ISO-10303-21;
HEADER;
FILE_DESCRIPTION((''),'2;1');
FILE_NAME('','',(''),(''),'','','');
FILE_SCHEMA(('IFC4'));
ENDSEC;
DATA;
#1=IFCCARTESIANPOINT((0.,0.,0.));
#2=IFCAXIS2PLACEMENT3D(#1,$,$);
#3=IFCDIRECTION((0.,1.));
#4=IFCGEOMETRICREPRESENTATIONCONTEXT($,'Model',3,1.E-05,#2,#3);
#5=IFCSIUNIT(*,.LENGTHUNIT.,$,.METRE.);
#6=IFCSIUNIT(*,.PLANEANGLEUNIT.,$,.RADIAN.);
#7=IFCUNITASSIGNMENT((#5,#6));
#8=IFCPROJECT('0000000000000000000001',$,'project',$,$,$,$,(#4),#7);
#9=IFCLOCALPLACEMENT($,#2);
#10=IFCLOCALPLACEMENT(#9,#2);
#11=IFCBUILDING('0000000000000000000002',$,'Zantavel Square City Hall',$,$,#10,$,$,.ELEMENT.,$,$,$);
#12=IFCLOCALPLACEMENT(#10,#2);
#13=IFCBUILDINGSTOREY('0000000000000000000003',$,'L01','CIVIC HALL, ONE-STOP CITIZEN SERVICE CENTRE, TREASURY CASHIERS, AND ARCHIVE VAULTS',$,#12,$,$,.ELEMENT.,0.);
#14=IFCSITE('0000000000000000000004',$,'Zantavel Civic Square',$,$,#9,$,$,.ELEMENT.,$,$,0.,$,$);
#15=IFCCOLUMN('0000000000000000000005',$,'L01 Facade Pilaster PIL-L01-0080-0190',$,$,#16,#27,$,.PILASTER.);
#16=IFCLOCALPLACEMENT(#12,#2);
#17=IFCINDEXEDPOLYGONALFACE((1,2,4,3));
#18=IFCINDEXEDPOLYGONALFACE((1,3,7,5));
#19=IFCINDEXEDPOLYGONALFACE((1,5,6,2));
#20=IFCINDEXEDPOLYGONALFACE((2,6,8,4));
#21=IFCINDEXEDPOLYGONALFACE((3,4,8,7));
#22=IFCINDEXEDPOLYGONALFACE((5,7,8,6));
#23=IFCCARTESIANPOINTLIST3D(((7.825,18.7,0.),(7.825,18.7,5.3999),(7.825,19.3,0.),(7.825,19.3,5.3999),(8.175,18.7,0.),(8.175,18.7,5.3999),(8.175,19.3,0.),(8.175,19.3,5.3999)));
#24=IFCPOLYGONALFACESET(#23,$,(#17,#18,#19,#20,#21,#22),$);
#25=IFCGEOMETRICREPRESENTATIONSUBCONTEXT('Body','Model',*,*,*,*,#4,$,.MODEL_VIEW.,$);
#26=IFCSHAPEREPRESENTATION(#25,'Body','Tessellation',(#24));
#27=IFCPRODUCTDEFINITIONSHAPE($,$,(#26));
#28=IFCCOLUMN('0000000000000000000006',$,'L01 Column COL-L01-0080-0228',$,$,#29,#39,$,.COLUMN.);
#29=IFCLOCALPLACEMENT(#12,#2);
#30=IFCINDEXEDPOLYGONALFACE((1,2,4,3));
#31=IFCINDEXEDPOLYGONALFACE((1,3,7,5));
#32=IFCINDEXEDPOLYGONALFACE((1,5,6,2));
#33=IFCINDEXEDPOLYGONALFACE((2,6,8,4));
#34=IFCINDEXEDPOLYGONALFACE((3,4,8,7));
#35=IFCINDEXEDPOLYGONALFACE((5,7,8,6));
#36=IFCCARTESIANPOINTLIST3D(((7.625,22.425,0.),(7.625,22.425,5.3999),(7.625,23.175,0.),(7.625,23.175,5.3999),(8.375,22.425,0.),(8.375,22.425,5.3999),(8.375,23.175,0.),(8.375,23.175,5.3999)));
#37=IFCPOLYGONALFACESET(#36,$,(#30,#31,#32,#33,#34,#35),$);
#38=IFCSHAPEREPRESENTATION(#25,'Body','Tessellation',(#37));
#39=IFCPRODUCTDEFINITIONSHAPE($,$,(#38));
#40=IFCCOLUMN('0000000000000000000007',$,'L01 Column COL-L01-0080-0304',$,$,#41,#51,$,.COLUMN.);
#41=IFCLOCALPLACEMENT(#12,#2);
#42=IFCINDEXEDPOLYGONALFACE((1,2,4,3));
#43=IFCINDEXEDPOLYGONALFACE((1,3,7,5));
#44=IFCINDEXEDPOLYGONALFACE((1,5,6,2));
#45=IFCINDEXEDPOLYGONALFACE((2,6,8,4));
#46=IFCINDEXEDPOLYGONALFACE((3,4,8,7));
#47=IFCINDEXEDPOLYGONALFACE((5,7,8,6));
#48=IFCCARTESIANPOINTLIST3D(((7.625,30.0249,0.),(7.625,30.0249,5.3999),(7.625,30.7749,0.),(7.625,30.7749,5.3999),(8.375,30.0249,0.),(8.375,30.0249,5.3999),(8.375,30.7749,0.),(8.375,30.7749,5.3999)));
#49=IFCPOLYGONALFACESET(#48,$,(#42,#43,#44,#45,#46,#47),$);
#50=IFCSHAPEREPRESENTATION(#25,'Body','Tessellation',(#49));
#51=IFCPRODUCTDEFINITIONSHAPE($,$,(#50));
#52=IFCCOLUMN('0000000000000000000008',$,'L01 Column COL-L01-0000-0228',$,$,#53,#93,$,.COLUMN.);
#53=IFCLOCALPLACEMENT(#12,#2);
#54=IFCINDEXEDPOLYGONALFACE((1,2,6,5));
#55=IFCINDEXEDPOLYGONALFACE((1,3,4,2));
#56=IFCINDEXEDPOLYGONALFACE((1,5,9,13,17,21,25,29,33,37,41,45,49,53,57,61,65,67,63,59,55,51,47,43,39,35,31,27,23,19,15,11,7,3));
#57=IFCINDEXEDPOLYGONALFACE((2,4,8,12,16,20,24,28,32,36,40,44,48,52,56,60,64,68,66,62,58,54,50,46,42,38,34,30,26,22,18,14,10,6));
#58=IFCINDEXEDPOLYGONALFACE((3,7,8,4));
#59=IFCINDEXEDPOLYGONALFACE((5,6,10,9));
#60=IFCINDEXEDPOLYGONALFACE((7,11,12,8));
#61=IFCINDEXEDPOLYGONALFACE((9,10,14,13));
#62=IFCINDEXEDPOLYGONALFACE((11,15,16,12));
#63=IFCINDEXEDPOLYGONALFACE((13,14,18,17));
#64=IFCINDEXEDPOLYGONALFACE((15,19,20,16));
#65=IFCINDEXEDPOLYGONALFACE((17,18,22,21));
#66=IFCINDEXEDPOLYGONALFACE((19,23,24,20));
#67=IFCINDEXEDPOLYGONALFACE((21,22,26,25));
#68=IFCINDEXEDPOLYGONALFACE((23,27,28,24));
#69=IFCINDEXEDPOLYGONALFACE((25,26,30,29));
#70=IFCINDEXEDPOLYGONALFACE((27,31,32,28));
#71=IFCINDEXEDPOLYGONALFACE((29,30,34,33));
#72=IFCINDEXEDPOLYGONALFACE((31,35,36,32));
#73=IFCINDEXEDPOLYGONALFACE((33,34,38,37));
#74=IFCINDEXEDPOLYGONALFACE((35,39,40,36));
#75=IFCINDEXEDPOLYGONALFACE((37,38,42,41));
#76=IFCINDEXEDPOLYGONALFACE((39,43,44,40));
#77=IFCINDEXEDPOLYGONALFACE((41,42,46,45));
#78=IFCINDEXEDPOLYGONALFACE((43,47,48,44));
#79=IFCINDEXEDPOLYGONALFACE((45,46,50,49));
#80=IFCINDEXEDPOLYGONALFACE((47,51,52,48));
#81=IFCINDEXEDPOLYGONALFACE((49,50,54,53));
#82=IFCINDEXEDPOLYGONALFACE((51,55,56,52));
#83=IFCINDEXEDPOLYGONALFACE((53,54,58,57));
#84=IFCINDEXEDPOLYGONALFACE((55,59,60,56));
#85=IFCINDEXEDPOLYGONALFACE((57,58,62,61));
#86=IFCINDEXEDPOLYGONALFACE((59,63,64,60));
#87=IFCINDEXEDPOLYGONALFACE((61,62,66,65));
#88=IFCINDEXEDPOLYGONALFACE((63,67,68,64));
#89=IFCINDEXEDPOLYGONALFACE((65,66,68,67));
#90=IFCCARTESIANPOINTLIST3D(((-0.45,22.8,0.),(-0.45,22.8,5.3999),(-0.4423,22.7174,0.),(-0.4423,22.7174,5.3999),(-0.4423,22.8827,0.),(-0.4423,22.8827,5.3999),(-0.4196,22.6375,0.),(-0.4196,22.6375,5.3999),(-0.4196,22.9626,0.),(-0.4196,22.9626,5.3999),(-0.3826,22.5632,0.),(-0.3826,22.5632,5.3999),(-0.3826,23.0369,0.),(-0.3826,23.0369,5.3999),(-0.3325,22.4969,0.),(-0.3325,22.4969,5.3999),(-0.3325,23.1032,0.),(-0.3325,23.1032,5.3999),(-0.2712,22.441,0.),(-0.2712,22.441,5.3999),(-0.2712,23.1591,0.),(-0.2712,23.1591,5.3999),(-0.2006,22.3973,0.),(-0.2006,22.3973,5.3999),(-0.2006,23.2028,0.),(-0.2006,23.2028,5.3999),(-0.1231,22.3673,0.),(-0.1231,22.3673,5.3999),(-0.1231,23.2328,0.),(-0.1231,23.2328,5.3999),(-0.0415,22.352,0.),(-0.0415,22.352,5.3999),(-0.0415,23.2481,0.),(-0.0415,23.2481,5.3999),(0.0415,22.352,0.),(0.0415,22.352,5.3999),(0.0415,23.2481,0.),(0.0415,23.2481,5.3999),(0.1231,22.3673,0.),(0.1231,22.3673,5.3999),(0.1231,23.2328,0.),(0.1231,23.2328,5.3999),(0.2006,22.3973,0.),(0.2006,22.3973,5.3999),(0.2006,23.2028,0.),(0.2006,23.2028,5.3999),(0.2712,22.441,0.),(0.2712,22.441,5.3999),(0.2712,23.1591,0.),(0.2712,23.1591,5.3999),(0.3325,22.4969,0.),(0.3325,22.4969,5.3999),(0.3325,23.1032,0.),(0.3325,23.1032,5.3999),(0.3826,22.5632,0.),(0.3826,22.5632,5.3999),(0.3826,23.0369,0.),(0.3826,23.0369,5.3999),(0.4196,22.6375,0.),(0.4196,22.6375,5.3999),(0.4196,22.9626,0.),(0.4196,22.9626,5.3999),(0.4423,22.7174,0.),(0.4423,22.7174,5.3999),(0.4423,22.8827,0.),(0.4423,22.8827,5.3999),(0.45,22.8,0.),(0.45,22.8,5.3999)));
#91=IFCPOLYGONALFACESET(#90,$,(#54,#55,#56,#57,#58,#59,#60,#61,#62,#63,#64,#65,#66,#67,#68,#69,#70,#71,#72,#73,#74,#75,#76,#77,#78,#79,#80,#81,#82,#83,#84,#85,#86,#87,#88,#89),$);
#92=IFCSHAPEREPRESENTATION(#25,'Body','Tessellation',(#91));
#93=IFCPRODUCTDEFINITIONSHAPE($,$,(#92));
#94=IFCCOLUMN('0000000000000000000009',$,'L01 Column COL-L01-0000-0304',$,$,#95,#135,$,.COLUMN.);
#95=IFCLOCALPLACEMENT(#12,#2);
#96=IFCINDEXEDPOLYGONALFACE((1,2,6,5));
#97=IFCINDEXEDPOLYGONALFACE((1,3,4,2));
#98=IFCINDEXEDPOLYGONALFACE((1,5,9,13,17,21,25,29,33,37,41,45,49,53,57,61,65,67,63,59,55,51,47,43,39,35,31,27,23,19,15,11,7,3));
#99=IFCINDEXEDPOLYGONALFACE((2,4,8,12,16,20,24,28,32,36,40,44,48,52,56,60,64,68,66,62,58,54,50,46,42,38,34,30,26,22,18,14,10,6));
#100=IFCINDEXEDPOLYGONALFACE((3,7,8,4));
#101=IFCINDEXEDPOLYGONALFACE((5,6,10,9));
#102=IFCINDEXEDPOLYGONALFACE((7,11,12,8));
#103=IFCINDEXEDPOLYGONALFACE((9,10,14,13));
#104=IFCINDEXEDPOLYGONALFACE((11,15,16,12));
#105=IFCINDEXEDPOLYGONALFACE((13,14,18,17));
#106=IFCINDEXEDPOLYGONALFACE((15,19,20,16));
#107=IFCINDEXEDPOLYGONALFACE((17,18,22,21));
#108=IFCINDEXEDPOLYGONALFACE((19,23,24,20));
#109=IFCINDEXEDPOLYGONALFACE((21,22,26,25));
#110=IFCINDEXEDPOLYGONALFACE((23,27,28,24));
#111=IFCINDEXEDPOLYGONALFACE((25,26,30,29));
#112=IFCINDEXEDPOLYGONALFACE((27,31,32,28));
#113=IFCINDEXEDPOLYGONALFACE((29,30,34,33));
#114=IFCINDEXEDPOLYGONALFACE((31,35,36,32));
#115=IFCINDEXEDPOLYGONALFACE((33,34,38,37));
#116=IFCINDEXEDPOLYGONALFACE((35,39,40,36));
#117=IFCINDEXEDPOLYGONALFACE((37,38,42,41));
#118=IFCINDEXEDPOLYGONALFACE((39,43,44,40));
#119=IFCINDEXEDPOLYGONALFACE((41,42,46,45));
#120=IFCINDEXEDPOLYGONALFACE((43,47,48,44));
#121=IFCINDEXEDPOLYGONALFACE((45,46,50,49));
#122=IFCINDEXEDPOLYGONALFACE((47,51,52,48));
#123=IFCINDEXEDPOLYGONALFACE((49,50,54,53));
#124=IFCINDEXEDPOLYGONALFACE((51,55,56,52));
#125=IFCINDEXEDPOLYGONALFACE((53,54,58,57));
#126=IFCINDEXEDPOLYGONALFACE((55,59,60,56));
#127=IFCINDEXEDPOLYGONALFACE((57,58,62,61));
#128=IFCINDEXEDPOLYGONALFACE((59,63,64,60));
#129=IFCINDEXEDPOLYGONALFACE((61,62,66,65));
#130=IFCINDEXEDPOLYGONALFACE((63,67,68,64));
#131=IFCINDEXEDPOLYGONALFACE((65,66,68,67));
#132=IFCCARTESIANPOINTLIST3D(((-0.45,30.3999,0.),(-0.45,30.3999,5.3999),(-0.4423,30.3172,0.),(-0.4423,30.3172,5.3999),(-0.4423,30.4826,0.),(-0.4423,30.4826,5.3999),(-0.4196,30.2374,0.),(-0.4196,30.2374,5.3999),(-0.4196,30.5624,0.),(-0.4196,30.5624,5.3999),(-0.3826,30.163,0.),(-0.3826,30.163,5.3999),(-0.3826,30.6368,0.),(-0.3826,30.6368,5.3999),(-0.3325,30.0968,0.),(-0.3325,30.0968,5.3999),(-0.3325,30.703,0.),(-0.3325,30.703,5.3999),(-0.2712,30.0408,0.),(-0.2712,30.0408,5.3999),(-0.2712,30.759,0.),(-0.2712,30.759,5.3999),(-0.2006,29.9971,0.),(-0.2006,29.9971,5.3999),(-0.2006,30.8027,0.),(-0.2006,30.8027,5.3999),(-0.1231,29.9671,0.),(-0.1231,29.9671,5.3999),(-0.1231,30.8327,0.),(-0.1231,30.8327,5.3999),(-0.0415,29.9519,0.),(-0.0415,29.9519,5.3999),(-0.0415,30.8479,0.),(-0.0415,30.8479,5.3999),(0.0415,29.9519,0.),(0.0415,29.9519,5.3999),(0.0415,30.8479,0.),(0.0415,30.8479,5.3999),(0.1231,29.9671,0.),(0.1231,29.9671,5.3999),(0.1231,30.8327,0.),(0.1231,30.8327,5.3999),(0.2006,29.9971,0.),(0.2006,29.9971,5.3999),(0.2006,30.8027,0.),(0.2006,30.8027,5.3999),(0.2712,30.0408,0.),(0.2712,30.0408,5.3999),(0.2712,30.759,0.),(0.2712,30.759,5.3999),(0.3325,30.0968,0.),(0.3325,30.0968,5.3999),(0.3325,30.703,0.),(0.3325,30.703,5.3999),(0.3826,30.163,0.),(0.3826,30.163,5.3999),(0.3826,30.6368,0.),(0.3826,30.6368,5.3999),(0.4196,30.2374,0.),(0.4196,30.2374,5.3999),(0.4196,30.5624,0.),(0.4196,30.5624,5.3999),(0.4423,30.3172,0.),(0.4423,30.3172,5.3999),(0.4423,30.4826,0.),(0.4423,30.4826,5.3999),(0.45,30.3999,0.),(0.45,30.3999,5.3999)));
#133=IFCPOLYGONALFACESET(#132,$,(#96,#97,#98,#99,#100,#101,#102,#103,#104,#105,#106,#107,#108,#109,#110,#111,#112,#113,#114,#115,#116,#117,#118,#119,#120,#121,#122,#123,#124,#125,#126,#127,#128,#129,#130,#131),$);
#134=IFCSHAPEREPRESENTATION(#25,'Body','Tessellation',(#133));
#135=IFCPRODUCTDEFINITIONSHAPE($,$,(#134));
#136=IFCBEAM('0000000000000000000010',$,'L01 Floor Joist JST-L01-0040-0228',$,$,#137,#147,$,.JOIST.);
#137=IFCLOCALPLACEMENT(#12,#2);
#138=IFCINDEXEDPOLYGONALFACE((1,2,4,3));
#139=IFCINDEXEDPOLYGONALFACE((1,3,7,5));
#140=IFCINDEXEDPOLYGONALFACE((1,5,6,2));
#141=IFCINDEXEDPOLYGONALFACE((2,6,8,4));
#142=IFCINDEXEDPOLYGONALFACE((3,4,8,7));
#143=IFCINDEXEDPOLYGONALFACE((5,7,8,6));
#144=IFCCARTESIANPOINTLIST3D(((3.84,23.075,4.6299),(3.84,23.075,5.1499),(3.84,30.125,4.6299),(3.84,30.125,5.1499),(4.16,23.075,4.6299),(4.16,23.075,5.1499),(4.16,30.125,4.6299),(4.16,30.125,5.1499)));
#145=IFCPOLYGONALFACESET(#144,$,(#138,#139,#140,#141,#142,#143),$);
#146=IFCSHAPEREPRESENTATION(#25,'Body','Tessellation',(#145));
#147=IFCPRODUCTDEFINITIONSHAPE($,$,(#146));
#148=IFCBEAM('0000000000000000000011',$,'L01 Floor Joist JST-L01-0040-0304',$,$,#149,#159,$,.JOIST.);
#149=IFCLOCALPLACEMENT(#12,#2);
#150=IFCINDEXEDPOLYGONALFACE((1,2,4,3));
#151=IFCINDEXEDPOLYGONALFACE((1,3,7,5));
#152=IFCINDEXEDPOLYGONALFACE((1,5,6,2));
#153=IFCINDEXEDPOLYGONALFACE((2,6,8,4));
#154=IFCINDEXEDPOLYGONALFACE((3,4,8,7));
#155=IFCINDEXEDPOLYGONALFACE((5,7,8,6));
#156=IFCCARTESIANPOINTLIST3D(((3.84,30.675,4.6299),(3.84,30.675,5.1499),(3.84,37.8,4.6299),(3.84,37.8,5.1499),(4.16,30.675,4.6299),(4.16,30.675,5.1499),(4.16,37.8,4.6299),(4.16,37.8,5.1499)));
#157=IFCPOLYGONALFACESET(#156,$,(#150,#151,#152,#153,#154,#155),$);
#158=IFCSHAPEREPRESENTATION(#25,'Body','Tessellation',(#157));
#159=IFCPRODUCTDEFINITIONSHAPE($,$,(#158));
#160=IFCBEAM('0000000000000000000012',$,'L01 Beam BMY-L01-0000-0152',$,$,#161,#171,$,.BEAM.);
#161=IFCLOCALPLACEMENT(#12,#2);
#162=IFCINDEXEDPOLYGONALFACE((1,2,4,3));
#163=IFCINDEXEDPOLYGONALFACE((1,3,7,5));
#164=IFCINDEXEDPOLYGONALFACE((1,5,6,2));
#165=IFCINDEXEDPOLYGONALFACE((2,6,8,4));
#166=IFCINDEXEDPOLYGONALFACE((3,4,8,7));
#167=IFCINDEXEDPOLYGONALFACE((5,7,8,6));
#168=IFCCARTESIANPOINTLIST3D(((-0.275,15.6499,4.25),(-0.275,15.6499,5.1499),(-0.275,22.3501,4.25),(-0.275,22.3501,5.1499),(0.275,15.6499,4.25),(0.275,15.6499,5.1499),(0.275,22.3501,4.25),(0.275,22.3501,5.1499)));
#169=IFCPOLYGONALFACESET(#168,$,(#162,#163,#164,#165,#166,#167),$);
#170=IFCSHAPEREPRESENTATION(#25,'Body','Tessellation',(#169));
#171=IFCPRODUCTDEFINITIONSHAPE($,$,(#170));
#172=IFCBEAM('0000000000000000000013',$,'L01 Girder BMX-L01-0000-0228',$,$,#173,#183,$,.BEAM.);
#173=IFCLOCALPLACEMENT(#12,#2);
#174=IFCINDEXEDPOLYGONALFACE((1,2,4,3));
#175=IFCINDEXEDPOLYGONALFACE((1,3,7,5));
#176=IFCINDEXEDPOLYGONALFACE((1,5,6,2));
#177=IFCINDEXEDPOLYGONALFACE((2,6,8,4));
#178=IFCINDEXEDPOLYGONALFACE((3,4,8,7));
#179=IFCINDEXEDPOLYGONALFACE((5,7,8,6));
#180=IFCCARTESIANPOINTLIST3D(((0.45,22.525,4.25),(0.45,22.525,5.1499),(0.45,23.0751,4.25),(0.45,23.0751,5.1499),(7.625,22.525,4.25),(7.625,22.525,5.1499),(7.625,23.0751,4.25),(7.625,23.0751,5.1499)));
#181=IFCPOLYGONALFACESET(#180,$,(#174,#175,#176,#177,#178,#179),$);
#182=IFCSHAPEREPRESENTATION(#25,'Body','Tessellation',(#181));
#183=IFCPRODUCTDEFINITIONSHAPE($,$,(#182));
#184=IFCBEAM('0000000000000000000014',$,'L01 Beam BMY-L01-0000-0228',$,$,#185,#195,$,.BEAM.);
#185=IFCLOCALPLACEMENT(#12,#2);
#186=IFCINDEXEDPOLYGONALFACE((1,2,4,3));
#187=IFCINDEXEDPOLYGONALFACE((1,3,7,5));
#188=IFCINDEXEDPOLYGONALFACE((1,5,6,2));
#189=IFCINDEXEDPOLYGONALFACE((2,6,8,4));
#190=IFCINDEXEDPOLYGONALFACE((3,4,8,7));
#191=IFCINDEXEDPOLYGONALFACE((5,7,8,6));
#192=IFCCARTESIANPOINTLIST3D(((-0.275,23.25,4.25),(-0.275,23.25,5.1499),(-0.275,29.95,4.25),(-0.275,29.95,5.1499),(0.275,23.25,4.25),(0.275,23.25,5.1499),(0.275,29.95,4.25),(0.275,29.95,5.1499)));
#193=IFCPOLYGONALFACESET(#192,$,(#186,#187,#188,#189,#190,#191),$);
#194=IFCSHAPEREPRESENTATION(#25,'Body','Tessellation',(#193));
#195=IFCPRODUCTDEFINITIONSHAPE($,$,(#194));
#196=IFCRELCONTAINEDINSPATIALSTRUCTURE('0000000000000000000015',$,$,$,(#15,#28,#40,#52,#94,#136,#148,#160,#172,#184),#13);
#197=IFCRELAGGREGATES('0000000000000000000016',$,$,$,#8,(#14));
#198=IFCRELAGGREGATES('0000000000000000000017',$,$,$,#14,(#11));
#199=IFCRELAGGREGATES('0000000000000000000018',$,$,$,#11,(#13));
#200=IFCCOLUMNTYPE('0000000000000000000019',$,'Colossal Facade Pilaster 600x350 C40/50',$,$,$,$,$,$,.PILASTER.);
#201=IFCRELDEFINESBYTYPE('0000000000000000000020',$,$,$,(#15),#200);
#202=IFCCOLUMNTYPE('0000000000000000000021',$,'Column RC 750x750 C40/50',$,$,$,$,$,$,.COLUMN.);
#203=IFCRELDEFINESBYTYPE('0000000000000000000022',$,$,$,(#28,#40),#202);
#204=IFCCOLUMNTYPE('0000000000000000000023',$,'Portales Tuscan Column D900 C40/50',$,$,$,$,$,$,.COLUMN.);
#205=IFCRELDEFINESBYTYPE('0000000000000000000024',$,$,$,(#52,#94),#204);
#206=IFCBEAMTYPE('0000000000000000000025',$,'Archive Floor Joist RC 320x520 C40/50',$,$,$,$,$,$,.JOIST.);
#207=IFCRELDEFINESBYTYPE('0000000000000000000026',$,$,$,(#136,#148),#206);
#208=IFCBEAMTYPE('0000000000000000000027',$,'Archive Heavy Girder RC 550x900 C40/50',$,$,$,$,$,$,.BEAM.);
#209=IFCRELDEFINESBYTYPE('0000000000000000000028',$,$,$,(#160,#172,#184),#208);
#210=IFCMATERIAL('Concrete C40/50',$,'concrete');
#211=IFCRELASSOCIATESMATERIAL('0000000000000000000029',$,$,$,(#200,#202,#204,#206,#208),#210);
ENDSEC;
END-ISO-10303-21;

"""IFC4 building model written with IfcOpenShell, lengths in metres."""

from ifc_helpers import new_model, si_unit, direction, frame, origin, origin_2d, place, context, subcontext, project, spatial, rectangle, circle, extrude, material, material_profile, profile_set, type_object, element, save


model = new_model("IFC4")

# Units and contexts
model_context = context("Model", 3, precision=1e-05, world=origin(), true_north=direction((0.0, 1.0)))
body_context = subcontext(model_context, "Body", "Model", "MODEL_VIEW")
ifc_project = project(units=[si_unit("LENGTHUNIT", "METRE"), si_unit("PLANEANGLEUNIT", "RADIAN")], contexts=[model_context])

# Site, building, storey
site_placement = place(None, origin())
site = spatial("IfcSite", under=ifc_project, at=site_placement, Name="Zantavel Civic Square", CompositionType="ELEMENT", RefElevation=0.0)
building_placement = place(site_placement, origin())
building = spatial("IfcBuilding", under=site, at=building_placement, Name="Zantavel Square City Hall", CompositionType="ELEMENT")
storey_placement = place(building_placement, origin())
storey = spatial("IfcBuildingStorey", under=building, at=storey_placement, Name="L01", Description="CIVIC HALL, ONE-STOP CITIZEN SERVICE CENTRE, TREASURY CASHIERS, AND ARCHIVE VAULTS", CompositionType="ELEMENT", Elevation=0.0)

# Columns
ifc_material_1 = material(Name="Concrete C40/50", Category="concrete")
ifc_material_profile_1 = material_profile(ifc_material_1, rectangle(XDim=0.6001, YDim=0.3501, at=origin_2d()), Name="RC 600x350")
ifc_profile_set_1 = profile_set([ifc_material_profile_1], Name="Concrete C40/50")
column_type_1 = type_object("IfcColumnType", Name="Colossal Facade Pilaster 600x350 C40/50", PredefinedType="PILASTER", material=ifc_profile_set_1)
column_placement = place(storey_placement, frame((8.0, 19.0, 0.0), z_axis=(0.0, 0.0, 1.0), x_axis=(0.0, 1.0, 0.0)))
element("IfcColumn", 1, at=column_placement, inside=storey, type_object=column_type_1, Name="L01 Facade Pilaster PIL-L01-0080-0190", PredefinedType="PILASTER", context=body_context, shape_type="SweptSolid", body=[
    extrude(rectangle(XDim=0.6001, YDim=0.3501, at=origin_2d()), origin(), (0.0, 0.0, 1.0), 5.3999),
])
ifc_material_profile_2 = material_profile(ifc_material_1, rectangle(XDim=0.75, YDim=0.75, at=origin_2d()), Name="RC 750x750")
ifc_profile_set_2 = profile_set([ifc_material_profile_2], Name="Concrete C40/50")
column_type_2 = type_object("IfcColumnType", Name="Column RC 750x750 C40/50", PredefinedType="COLUMN", material=ifc_profile_set_2)
for number, where, z_axis, x_axis, name in (
    (2, (8.0, 22.8, 0.0), (0.0, 0.0, 1.0), (1.0, 0.0, 0.0), "L01 Column COL-L01-0080-0228"),
    (3, (8.0, 30.3999, 0.0), (0.0, 0.0, 1.0), (1.0, 0.0, 0.0), "L01 Column COL-L01-0080-0304"),
):
    element("IfcColumn", number, at=place(storey_placement, frame(where, z_axis=z_axis, x_axis=x_axis)), inside=storey, type_object=column_type_2, Name=name, PredefinedType="COLUMN", context=body_context, shape_type="SweptSolid", body=[
        extrude(rectangle(XDim=0.75, YDim=0.75, at=origin_2d()), origin(), (0.0, 0.0, 1.0), 5.3999),
    ])
ifc_material_profile_3 = material_profile(ifc_material_1, circle(Radius=0.45, at=origin_2d()), Name="ROUND D900")
ifc_profile_set_3 = profile_set([ifc_material_profile_3], Name="Concrete C40/50")
column_type_3 = type_object("IfcColumnType", Name="Portales Tuscan Column D900 C40/50", PredefinedType="COLUMN", material=ifc_profile_set_3)
for number, where, z_axis, x_axis, name in (
    (4, (0.0, 22.8, 0.0), (0.0, 0.0, 1.0), (1.0, 0.0, 0.0), "L01 Column COL-L01-0000-0228"),
    (5, (0.0, 30.3999, 0.0), (0.0, 0.0, 1.0), (1.0, 0.0, 0.0), "L01 Column COL-L01-0000-0304"),
):
    element("IfcColumn", number, at=place(storey_placement, frame(where, z_axis=z_axis, x_axis=x_axis)), inside=storey, type_object=column_type_3, Name=name, PredefinedType="COLUMN", context=body_context, shape_type="SweptSolid", body=[
        extrude(circle(Radius=0.45, at=origin_2d()), origin(), (0.0, 0.0, 1.0), 5.3999),
    ])

# Beams
ifc_material_profile_4 = material_profile(ifc_material_1, rectangle(XDim=0.3201, YDim=0.52, at=origin_2d()), Name="RC 320x520")
ifc_profile_set_4 = profile_set([ifc_material_profile_4], Name="Concrete C40/50")
beam_type_1 = type_object("IfcBeamType", Name="Archive Floor Joist RC 320x520 C40/50", PredefinedType="JOIST", material=ifc_profile_set_4)
beam_1_placement = place(storey_placement, frame((4.0, 23.075, 4.8899), z_axis=(0.0, 1.0, 0.0), x_axis=(-1.0, 0.0, 0.0)))
element("IfcBeam", 6, at=beam_1_placement, inside=storey, type_object=beam_type_1, Name="L01 Floor Joist JST-L01-0040-0228", PredefinedType="JOIST", context=body_context, shape_type="SweptSolid", body=[
    extrude(rectangle(XDim=0.3201, YDim=0.52, at=origin_2d()), origin(), (0.0, 0.0, 1.0), 7.05),
])
beam_2_placement = place(storey_placement, frame((4.0, 30.675, 4.8899), z_axis=(0.0, 1.0, 0.0), x_axis=(-1.0, 0.0, 0.0)))
element("IfcBeam", 7, at=beam_2_placement, inside=storey, type_object=beam_type_1, Name="L01 Floor Joist JST-L01-0040-0304", PredefinedType="JOIST", context=body_context, shape_type="SweptSolid", body=[
    extrude(rectangle(XDim=0.3201, YDim=0.52, at=origin_2d()), origin(), (0.0, 0.0, 1.0), 7.125),
])
ifc_material_profile_5 = material_profile(ifc_material_1, rectangle(XDim=0.55, YDim=0.8999, at=origin_2d()), Name="RC 550x900")
ifc_profile_set_5 = profile_set([ifc_material_profile_5], Name="Concrete C40/50")
beam_type_2 = type_object("IfcBeamType", Name="Archive Heavy Girder RC 550x900 C40/50", PredefinedType="BEAM", material=ifc_profile_set_5)
beam_3_placement = place(storey_placement, frame((0.0, 15.6499, 4.7), z_axis=(0.0, 1.0, 0.0), x_axis=(-1.0, 0.0, 0.0)))
element("IfcBeam", 8, at=beam_3_placement, inside=storey, type_object=beam_type_2, Name="L01 Beam BMY-L01-0000-0152", PredefinedType="BEAM", context=body_context, shape_type="SweptSolid", body=[
    extrude(rectangle(XDim=0.55, YDim=0.8999, at=origin_2d()), origin(), (0.0, 0.0, 1.0), 6.7002),
])
beam_4_placement = place(storey_placement, frame((0.45, 22.8, 4.7), z_axis=(1.0, 0.0, 0.0), x_axis=(0.0, 1.0, 0.0)))
element("IfcBeam", 9, at=beam_4_placement, inside=storey, type_object=beam_type_2, Name="L01 Girder BMX-L01-0000-0228", PredefinedType="BEAM", context=body_context, shape_type="SweptSolid", body=[
    extrude(rectangle(XDim=0.55, YDim=0.8999, at=origin_2d()), origin(), (0.0, 0.0, 1.0), 7.175),
])
beam_5_placement = place(storey_placement, frame((0.0, 23.25, 4.7), z_axis=(0.0, 1.0, 0.0), x_axis=(-1.0, 0.0, 0.0)))
element("IfcBeam", 10, at=beam_5_placement, inside=storey, type_object=beam_type_2, Name="L01 Beam BMY-L01-0000-0228", PredefinedType="BEAM", context=body_context, shape_type="SweptSolid", body=[
    extrude(rectangle(XDim=0.55, YDim=0.8999, at=origin_2d()), origin(), (0.0, 0.0, 1.0), 6.7),
])

save(model, "model.ifc")
